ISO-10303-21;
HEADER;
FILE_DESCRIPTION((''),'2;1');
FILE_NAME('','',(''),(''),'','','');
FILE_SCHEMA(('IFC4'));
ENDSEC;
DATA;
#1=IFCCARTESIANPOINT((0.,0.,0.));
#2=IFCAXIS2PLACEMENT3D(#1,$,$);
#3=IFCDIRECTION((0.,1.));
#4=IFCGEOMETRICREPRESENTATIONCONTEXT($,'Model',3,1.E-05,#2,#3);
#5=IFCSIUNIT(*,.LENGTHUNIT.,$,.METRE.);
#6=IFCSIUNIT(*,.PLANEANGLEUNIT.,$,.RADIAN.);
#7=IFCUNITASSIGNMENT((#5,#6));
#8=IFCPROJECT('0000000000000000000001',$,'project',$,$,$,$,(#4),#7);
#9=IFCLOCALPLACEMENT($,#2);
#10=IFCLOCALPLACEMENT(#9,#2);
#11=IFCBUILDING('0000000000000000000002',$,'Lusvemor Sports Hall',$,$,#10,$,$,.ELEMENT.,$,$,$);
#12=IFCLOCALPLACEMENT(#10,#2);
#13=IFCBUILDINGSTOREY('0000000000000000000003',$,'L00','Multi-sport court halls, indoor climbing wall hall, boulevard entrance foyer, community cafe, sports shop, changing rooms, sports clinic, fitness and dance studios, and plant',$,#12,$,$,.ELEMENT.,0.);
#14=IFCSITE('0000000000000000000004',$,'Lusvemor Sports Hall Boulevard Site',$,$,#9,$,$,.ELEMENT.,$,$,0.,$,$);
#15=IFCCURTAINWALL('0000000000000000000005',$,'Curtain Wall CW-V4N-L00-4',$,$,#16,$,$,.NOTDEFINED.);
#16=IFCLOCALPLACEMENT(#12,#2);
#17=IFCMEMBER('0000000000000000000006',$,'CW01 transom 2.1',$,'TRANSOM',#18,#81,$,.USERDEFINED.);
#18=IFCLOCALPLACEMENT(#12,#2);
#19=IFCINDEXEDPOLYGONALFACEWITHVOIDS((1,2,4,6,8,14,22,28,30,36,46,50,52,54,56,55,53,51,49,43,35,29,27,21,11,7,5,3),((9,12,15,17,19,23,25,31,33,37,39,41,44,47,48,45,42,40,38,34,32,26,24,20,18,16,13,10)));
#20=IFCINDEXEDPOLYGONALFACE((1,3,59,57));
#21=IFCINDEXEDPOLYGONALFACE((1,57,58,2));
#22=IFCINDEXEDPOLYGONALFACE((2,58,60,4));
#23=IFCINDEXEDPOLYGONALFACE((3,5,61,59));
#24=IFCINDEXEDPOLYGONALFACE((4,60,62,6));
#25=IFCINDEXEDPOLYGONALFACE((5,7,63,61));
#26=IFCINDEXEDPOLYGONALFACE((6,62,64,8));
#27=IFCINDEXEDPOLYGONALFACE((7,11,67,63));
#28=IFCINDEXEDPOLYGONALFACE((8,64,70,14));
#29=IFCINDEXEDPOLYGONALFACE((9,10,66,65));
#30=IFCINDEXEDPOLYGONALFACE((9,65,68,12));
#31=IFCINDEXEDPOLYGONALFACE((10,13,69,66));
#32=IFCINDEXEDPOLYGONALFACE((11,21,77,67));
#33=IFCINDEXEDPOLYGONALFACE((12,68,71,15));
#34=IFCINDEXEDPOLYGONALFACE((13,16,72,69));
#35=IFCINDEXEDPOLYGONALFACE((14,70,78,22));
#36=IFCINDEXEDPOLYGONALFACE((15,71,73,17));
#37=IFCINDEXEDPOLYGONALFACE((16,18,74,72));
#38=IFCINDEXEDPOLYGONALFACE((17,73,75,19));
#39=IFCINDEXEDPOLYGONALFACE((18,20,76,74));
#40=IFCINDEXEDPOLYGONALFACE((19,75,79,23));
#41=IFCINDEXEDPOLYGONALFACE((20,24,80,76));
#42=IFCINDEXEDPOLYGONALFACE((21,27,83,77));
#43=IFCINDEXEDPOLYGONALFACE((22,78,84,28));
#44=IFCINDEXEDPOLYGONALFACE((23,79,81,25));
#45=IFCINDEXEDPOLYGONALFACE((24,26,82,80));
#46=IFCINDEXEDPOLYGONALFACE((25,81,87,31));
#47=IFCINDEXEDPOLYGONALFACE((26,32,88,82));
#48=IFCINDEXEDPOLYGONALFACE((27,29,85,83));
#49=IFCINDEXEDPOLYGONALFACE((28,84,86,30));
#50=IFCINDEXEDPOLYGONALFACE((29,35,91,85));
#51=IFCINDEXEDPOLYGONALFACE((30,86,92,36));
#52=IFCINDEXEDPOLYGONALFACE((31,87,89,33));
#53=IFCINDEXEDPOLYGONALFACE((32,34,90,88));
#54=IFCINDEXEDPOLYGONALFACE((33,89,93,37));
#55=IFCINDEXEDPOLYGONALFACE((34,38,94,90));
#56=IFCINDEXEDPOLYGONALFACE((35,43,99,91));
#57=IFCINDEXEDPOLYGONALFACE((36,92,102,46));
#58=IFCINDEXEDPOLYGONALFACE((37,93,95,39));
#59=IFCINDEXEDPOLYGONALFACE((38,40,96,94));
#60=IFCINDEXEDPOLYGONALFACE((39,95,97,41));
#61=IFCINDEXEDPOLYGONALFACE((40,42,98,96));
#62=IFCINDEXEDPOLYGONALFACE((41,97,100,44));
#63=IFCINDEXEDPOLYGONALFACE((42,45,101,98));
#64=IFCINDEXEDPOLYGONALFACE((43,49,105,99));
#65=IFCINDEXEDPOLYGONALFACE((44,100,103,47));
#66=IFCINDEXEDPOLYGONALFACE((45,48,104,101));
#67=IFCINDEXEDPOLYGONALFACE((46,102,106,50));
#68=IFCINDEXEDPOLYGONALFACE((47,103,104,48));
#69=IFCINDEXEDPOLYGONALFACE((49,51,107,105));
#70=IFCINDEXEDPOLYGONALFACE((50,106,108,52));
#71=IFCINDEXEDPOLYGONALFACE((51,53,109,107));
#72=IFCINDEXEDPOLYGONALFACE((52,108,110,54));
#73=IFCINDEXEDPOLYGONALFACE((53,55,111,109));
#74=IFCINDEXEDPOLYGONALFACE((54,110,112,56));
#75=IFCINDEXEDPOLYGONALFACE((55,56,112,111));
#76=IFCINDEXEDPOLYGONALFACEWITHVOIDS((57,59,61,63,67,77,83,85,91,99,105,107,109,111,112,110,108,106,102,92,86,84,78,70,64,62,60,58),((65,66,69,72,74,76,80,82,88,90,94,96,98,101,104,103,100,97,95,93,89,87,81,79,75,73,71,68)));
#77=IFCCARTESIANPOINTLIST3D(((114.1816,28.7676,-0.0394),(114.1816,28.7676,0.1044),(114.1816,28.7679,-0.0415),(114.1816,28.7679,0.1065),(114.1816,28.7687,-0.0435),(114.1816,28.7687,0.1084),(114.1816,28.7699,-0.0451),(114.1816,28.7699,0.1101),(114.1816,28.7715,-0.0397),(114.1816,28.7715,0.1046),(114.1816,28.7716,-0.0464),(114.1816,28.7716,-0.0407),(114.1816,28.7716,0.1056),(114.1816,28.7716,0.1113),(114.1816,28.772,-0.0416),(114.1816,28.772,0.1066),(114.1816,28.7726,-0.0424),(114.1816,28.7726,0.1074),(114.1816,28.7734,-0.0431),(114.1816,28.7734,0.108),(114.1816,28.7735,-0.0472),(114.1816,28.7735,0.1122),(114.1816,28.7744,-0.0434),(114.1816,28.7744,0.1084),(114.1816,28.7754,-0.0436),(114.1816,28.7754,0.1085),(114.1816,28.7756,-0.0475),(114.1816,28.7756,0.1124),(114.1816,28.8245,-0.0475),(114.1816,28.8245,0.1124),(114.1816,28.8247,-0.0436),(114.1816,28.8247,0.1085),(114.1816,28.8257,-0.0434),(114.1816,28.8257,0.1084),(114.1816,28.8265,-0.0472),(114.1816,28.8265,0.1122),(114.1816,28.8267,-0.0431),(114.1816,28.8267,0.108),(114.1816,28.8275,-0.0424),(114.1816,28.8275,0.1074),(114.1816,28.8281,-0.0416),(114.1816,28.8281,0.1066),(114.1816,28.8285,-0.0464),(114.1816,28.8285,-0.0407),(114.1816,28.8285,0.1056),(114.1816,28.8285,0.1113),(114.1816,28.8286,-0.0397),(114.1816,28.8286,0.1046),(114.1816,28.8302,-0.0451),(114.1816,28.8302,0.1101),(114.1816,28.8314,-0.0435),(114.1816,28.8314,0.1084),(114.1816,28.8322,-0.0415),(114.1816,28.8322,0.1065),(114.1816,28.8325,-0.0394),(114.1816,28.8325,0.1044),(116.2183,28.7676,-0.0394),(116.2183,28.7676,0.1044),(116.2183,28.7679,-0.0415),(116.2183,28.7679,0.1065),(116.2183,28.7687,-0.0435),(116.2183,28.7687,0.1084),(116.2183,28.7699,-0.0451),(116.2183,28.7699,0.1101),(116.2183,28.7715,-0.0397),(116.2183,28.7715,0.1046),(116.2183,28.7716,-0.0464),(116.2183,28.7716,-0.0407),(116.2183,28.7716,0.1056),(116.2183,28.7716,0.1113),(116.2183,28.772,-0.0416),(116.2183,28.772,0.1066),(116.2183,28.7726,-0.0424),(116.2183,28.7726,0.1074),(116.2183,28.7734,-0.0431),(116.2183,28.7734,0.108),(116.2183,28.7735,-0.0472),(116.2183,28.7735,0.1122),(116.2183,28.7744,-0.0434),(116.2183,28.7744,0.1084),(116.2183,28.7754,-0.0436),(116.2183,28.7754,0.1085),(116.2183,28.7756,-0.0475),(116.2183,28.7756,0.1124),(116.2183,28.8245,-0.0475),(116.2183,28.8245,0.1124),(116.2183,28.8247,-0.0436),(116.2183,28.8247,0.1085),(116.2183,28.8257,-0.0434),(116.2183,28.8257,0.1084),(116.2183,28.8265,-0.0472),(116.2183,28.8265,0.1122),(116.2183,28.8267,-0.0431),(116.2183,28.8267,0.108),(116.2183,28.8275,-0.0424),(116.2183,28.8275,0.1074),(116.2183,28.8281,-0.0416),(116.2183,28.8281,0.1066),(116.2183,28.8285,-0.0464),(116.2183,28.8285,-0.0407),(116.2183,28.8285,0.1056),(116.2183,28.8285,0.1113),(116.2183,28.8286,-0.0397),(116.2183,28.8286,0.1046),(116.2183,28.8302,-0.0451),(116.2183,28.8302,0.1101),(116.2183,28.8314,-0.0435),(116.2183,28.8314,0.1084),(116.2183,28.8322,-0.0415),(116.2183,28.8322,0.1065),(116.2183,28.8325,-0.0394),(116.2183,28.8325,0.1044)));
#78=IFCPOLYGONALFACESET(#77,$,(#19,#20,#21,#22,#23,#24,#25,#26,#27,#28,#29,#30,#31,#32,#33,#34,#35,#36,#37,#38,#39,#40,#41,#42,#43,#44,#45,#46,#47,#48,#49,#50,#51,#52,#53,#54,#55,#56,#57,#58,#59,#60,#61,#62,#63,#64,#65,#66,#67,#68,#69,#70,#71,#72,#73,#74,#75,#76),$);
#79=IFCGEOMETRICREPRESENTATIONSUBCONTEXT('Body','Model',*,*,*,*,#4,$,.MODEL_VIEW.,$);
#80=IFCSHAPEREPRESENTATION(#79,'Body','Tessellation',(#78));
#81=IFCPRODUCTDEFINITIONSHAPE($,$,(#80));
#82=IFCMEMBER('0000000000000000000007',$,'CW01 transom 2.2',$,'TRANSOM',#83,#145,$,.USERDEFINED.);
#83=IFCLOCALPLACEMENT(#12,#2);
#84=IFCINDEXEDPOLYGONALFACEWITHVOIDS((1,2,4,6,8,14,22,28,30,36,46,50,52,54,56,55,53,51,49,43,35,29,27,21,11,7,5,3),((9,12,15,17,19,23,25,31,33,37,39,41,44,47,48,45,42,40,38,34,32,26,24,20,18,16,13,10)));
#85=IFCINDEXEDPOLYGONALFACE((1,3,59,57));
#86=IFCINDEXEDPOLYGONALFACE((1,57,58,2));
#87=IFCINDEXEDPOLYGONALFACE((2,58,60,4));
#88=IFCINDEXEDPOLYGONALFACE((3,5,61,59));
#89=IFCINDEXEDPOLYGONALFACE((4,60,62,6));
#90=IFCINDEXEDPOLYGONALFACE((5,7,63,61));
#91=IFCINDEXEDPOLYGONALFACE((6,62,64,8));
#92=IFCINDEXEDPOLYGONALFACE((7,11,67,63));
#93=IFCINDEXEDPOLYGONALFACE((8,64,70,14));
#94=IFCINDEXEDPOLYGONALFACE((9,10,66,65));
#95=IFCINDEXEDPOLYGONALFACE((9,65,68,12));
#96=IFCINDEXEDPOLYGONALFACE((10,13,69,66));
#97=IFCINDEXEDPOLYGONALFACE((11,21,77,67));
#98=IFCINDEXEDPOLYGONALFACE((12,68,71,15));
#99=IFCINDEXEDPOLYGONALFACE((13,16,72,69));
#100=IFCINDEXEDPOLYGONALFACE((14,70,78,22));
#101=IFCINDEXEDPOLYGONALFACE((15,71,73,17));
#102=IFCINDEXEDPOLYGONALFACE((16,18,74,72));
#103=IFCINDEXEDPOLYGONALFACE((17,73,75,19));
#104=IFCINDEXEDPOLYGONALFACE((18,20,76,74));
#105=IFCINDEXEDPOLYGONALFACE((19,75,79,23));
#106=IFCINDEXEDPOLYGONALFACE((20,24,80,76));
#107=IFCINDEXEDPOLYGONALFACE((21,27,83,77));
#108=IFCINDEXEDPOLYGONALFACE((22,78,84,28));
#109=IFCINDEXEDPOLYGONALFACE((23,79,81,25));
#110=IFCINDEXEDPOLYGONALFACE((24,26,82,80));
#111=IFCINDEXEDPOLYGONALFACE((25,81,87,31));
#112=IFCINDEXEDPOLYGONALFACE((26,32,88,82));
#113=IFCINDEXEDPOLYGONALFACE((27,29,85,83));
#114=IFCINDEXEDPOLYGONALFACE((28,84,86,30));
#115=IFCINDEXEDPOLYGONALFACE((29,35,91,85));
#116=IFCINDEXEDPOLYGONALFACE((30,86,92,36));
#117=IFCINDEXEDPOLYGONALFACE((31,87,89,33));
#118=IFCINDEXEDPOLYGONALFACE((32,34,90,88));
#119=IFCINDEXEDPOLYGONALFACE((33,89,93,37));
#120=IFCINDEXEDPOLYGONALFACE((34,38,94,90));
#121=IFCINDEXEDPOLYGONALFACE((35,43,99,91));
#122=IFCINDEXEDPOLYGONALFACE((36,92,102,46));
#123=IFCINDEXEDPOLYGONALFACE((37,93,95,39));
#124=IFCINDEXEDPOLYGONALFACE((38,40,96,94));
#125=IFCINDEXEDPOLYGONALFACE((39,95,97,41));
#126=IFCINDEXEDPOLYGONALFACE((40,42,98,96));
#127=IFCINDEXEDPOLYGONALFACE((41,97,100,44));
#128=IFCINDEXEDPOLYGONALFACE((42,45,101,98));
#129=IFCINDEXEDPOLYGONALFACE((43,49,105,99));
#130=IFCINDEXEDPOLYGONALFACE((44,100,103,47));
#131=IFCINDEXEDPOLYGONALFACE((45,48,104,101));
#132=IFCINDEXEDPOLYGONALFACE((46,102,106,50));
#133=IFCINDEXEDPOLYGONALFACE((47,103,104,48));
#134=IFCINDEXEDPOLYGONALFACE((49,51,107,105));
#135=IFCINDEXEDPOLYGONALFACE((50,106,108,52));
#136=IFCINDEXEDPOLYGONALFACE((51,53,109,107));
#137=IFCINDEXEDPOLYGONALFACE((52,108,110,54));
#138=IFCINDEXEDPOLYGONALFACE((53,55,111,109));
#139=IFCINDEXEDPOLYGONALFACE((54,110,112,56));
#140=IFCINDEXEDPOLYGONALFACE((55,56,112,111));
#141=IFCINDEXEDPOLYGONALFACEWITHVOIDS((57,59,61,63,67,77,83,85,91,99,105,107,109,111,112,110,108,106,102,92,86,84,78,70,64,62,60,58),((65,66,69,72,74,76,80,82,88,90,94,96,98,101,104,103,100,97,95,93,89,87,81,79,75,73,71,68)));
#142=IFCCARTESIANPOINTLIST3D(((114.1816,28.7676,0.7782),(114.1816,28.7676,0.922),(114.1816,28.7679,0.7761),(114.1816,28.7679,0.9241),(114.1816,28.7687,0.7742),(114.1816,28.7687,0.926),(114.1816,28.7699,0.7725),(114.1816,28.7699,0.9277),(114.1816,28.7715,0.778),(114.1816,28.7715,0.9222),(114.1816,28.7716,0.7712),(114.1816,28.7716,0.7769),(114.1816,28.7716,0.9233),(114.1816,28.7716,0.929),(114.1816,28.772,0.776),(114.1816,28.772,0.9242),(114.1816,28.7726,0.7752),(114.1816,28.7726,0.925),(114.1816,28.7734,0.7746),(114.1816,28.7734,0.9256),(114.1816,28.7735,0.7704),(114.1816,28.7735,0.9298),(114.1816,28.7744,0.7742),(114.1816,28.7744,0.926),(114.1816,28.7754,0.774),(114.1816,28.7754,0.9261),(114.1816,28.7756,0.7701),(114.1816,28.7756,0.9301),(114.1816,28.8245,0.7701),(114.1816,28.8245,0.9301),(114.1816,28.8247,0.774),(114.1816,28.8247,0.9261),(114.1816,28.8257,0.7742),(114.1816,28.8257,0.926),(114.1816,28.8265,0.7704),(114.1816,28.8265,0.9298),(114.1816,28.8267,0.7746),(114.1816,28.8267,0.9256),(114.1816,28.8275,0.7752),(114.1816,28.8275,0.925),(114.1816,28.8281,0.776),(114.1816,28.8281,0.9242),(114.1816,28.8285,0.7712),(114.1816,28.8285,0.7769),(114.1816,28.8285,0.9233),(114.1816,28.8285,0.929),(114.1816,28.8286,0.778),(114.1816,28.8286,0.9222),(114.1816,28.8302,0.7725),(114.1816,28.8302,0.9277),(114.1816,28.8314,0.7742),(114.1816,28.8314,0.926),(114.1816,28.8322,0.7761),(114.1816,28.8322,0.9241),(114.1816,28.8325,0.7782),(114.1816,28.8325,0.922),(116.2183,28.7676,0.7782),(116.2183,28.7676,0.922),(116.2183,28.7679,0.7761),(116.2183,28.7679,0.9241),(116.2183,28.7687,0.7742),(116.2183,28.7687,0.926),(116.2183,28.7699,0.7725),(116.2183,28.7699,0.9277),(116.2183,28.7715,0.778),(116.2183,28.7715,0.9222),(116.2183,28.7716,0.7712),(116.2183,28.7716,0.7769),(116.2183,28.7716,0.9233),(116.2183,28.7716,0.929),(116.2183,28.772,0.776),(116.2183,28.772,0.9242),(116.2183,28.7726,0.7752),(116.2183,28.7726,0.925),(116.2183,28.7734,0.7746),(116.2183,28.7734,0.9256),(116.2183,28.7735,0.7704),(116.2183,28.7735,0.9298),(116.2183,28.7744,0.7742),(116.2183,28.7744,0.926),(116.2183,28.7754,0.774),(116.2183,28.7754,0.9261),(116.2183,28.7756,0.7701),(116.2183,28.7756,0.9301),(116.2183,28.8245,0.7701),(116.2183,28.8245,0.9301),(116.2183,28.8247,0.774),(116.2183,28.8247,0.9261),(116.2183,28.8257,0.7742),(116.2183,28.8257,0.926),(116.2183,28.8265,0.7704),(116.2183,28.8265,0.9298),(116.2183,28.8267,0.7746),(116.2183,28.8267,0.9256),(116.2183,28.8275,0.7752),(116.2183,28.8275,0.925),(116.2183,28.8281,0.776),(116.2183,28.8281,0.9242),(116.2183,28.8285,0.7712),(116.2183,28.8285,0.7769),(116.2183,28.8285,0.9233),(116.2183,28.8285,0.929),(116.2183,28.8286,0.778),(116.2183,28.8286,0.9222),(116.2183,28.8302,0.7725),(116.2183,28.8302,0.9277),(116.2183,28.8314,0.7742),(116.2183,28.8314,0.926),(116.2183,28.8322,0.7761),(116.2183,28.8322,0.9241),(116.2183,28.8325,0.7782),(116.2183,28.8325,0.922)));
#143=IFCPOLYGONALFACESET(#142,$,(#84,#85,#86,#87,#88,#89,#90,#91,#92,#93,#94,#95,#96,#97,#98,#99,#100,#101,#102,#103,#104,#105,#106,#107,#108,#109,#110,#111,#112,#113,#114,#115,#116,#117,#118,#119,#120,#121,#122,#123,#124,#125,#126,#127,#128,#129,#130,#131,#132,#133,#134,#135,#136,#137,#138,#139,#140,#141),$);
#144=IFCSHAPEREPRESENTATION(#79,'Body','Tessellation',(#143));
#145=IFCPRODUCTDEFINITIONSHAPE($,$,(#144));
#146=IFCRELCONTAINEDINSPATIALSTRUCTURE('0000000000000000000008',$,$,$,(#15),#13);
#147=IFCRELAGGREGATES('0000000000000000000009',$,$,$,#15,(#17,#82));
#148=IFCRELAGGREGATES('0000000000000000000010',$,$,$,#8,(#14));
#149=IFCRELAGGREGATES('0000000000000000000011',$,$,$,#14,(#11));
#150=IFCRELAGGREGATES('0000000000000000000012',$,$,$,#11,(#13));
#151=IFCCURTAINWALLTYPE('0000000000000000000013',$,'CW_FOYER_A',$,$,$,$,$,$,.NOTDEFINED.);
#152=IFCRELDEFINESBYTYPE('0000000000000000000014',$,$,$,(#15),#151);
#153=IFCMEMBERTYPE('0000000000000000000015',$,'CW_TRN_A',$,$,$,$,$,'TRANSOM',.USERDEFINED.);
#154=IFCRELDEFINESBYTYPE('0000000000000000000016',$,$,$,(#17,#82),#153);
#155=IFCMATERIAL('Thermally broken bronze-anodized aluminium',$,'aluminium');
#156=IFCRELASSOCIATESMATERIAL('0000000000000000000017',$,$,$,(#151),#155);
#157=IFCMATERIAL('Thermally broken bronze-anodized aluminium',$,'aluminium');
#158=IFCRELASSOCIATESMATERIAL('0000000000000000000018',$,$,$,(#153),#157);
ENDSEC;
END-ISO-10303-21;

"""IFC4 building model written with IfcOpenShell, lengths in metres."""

from ifc_helpers import new_model, si_unit, direction, frame, origin, origin_2d, place, context, subcontext, project, spatial, hollow_rectangle, extrude, material, material_profile, profile_set, type_object, element, aggregate, save


model = new_model("IFC4")

# Units and contexts
model_context = context("Model", 3, precision=1e-05, world=origin(), true_north=direction((0.0, 1.0)))
body_context = subcontext(model_context, "Body", "Model", "MODEL_VIEW")
ifc_project = project(units=[si_unit("LENGTHUNIT", "METRE"), si_unit("PLANEANGLEUNIT", "RADIAN")], contexts=[model_context])

# Site, building, storey
site_placement = place(None, origin())
site = spatial("IfcSite", under=ifc_project, at=site_placement, Name="Lusvemor Sports Hall Boulevard Site", CompositionType="ELEMENT", RefElevation=0.0)
building_placement = place(site_placement, origin())
building = spatial("IfcBuilding", under=site, at=building_placement, Name="Lusvemor Sports Hall", CompositionType="ELEMENT")
storey_placement = place(building_placement, origin())
storey = spatial("IfcBuildingStorey", under=building, at=storey_placement, Name="L00", Description="Multi-sport court halls, indoor climbing wall hall, boulevard entrance foyer, community cafe, sports shop, changing rooms, sports clinic, fitness and dance studios, and plant", CompositionType="ELEMENT", Elevation=0.0)

# Curtain wall, members
ifc_material_1 = material(Name="Thermally broken bronze-anodized aluminium", Category="aluminium")
curtain_wall_type = type_object("IfcCurtainWallType", Name="CW_FOYER_A", PredefinedType="NOTDEFINED", material=ifc_material_1)
curtain_wall_placement = place(storey_placement, origin())
curtain_wall = element("IfcCurtainWall", 1, at=curtain_wall_placement, inside=storey, type_object=curtain_wall_type, Name="Curtain Wall CW-V4N-L00-4", PredefinedType="NOTDEFINED")
ifc_material_2 = material(Name="Thermally broken bronze-anodized aluminium", Category="aluminium")
ifc_material_profile_1 = material_profile(ifc_material_2, hollow_rectangle(XDim=0.0649, YDim=0.1599, WallThickness=0.0039, InnerFilletRadius=0.0039, OuterFilletRadius=0.0081, at=origin_2d()), Name="CWTRN160x65x4")
ifc_profile_set_1 = profile_set([ifc_material_profile_1], Name="Thermally broken bronze-anodized aluminium")
member_type_1 = type_object("IfcMemberType", Name="CW_TRN_A", ElementType="TRANSOM", PredefinedType="USERDEFINED", material=ifc_profile_set_1)
member_1_placement = place(storey_placement, frame((114.1816, 28.8, 0.0325), z_axis=(1.0, 0.0, 0.0), x_axis=(0.0, 1.0, 0.0)))
member_1 = element("IfcMember", 2, at=member_1_placement, type_object=member_type_1, Name="CW01 transom 2.1", ObjectType="TRANSOM", PredefinedType="USERDEFINED", context=body_context, shape_type="SweptSolid", body=[
    extrude(hollow_rectangle(XDim=0.0649, YDim=0.1599, WallThickness=0.0039, InnerFilletRadius=0.0039, OuterFilletRadius=0.0081, at=origin_2d()), origin(), (0.0, 0.0, 1.0), 2.0366),
])
member_2_placement = place(storey_placement, frame((114.1816, 28.8, 0.8501), z_axis=(1.0, 0.0, 0.0), x_axis=(0.0, 1.0, 0.0)))
member_2 = element("IfcMember", 3, at=member_2_placement, type_object=member_type_1, Name="CW01 transom 2.2", ObjectType="TRANSOM", PredefinedType="USERDEFINED", context=body_context, shape_type="SweptSolid", body=[
    extrude(hollow_rectangle(XDim=0.0649, YDim=0.1599, WallThickness=0.0039, InnerFilletRadius=0.0039, OuterFilletRadius=0.0081, at=origin_2d()), origin(), (0.0, 0.0, 1.0), 2.0366),
])
aggregate(curtain_wall, [member_1, member_2])

save(model, "model.ifc")
